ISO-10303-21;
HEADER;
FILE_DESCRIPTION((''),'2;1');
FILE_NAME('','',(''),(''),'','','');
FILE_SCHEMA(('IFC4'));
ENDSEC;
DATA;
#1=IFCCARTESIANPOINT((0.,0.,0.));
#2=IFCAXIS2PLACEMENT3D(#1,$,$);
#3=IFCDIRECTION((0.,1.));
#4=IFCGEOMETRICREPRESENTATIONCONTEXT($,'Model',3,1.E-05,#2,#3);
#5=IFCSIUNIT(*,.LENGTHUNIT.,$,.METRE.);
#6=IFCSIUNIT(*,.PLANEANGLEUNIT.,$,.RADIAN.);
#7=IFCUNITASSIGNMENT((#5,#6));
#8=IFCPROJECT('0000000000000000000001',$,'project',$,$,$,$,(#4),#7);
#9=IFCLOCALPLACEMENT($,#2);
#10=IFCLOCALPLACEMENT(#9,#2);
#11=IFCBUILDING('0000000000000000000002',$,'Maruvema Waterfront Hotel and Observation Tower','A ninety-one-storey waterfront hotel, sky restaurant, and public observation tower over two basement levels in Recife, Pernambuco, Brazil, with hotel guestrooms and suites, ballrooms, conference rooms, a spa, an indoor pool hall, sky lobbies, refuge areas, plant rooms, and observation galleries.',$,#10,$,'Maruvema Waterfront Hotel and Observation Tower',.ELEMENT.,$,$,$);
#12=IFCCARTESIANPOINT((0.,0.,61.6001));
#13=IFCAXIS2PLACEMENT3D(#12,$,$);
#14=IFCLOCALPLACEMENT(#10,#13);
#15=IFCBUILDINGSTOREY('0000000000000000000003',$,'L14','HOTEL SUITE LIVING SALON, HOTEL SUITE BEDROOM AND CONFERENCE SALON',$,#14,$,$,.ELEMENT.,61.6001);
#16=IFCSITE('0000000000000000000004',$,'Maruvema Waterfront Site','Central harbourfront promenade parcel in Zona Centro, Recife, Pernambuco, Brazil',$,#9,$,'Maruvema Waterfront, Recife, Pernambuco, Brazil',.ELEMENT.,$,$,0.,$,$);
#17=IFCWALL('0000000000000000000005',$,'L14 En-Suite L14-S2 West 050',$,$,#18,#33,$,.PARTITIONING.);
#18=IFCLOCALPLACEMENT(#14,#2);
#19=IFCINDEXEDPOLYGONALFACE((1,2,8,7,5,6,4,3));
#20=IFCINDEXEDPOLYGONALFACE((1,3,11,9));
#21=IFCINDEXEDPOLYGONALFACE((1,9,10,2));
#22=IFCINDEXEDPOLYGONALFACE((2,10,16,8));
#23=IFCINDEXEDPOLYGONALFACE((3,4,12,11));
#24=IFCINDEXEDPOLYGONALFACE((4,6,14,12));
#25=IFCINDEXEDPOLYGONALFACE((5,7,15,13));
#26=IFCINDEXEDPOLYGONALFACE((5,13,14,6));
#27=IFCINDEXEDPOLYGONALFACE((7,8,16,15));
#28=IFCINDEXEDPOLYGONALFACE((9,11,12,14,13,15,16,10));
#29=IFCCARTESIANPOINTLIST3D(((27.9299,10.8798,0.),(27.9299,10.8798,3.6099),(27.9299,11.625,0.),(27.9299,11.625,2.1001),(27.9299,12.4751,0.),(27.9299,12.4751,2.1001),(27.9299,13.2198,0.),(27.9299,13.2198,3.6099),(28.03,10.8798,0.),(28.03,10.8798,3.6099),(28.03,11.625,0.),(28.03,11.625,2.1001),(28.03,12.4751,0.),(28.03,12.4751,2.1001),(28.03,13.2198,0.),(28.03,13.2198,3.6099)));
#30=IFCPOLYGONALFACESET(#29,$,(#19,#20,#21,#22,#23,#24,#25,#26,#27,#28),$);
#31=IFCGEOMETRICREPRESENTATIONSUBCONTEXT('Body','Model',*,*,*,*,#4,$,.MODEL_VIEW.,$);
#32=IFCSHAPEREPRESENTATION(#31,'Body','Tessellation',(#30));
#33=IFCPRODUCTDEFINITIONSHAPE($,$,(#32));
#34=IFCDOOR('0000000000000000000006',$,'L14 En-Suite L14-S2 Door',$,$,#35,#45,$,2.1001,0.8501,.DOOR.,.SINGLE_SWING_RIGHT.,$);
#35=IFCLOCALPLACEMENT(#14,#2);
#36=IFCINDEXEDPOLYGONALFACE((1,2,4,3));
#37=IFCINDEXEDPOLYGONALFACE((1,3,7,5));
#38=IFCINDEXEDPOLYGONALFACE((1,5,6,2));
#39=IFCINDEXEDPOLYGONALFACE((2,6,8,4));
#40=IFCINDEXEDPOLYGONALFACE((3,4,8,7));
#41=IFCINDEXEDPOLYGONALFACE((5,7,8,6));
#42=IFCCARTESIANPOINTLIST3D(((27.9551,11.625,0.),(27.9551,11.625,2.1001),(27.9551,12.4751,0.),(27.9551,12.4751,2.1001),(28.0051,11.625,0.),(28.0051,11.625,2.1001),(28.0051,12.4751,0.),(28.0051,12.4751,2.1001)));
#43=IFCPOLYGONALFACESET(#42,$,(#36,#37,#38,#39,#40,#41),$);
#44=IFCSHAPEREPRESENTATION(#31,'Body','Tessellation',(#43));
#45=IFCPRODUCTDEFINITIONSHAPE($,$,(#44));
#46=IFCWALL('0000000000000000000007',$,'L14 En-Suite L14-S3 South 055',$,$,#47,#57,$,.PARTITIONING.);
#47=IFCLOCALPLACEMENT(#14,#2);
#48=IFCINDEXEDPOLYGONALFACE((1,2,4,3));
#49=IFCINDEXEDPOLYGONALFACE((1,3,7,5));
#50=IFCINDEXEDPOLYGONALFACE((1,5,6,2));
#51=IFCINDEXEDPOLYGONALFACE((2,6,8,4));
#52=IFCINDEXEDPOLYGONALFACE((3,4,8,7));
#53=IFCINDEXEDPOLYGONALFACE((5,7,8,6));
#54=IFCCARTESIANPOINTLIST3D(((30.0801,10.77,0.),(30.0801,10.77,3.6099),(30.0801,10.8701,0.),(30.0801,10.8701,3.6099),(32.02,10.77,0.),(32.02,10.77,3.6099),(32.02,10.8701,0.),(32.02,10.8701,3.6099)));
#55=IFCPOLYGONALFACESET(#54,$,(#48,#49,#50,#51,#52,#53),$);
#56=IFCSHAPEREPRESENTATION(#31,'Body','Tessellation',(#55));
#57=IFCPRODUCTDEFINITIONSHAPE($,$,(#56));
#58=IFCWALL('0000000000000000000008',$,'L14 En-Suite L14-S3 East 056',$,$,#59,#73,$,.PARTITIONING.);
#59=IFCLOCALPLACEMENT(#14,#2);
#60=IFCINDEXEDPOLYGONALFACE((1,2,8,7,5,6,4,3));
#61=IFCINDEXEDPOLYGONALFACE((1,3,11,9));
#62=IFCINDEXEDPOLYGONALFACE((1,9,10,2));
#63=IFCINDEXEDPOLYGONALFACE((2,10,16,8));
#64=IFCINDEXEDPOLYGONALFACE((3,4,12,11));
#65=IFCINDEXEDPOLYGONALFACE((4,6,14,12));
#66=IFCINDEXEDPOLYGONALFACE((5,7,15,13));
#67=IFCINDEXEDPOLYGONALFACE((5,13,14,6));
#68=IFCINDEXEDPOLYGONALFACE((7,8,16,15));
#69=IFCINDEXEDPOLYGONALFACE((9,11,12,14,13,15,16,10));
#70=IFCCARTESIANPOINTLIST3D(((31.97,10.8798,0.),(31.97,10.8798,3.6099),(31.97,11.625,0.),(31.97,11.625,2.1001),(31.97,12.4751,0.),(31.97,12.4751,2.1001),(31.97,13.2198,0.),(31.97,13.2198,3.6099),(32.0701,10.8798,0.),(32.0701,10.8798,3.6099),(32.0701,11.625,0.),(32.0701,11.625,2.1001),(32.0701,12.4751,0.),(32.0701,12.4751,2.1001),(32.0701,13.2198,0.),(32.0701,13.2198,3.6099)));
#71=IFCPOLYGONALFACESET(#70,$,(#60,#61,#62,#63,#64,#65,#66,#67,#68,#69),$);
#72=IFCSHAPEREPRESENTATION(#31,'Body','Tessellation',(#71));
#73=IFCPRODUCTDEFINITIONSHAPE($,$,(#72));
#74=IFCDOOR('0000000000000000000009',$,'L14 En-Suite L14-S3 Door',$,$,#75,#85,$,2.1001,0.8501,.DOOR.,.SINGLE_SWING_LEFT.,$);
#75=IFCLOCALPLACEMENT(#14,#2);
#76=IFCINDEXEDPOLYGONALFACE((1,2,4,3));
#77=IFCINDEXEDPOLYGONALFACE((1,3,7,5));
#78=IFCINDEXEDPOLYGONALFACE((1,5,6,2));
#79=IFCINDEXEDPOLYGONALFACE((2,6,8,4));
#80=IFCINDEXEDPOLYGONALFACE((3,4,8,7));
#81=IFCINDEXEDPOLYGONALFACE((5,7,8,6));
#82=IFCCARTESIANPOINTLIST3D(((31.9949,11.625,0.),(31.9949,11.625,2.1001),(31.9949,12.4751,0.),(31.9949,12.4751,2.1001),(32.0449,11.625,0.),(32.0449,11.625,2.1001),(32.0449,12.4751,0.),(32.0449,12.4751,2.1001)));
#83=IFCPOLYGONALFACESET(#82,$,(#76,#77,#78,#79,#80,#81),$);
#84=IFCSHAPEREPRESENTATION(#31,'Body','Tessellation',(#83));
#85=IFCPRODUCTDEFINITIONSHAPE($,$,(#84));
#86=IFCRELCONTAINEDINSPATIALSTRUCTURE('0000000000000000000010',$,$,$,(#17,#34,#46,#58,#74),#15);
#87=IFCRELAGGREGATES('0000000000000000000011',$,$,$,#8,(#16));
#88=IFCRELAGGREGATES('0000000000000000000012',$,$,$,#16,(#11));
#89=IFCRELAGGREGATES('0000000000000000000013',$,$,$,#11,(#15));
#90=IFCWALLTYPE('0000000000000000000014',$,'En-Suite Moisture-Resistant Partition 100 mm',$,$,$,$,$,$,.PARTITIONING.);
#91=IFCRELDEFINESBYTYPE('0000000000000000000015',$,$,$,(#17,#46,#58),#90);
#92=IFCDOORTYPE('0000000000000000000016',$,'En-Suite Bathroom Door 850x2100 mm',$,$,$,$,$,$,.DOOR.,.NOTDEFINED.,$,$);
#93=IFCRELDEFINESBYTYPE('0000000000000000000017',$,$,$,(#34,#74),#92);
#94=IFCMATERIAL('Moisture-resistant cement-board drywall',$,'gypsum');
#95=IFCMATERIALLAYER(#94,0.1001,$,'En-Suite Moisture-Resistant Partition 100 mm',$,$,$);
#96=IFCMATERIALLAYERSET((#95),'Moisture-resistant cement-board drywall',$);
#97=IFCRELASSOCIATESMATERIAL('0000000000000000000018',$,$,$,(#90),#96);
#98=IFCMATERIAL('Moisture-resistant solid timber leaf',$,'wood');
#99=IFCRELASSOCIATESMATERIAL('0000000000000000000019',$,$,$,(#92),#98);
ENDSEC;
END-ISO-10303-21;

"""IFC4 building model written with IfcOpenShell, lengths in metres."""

from ifc_helpers import new_model, si_unit, direction, frame, frame_2d, origin, place, context, subcontext, project, spatial, rectangle, extrude, material, layer, layer_set, type_object, element, fill, save


model = new_model("IFC4")

# Units and contexts
model_context = context("Model", 3, precision=1e-05, world=origin(), true_north=direction((0.0, 1.0)))
body_context = subcontext(model_context, "Body", "Model", "MODEL_VIEW")
ifc_project = project(units=[si_unit("LENGTHUNIT", "METRE"), si_unit("PLANEANGLEUNIT", "RADIAN")], contexts=[model_context])

# Site, building, storey
site_placement = place(None, origin())
site = spatial("IfcSite", under=ifc_project, at=site_placement, Name="Maruvema Waterfront Site", Description="Central harbourfront promenade parcel in Zona Centro, Recife, Pernambuco, Brazil", LongName="Maruvema Waterfront, Recife, Pernambuco, Brazil", CompositionType="ELEMENT", RefElevation=0.0)
building_placement = place(site_placement, origin())
building = spatial("IfcBuilding", under=site, at=building_placement, Name="Maruvema Waterfront Hotel and Observation Tower", Description="A ninety-one-storey waterfront hotel, sky restaurant, and public observation tower over two basement levels in Recife, Pernambuco, Brazil, with hotel guestrooms and suites, ballrooms, conference rooms, a spa, an indoor pool hall, sky lobbies, refuge areas, plant rooms, and observation galleries.", LongName="Maruvema Waterfront Hotel and Observation Tower", CompositionType="ELEMENT")
storey_placement = place(building_placement, frame((0.0, 0.0, 61.6001)))
storey = spatial("IfcBuildingStorey", under=building, at=storey_placement, Name="L14", Description="HOTEL SUITE LIVING SALON, HOTEL SUITE BEDROOM AND CONFERENCE SALON", CompositionType="ELEMENT", Elevation=61.6001)

# Shared definitions
ifc_material_1 = material(Name="Moisture-resistant cement-board drywall", Category="gypsum")
ifc_layer_1 = layer(ifc_material_1, 0.1001, Name="En-Suite Moisture-Resistant Partition 100 mm")
ifc_layer_set_1 = layer_set([ifc_layer_1], Name="Moisture-resistant cement-board drywall")
wall_type_1 = type_object("IfcWallType", Name="En-Suite Moisture-Resistant Partition 100 mm", PredefinedType="PARTITIONING", material=ifc_layer_set_1)

# Shared definitions
ifc_material_2 = material(Name="Moisture-resistant solid timber leaf", Category="wood")
door_type_1 = type_object("IfcDoorType", Name="En-Suite Bathroom Door 850x2100 mm", OperationType="NOTDEFINED", PredefinedType="DOOR", material=ifc_material_2)

# Wall, opening, door
wall_1_placement = place(storey_placement, frame((27.98, 10.8799, 0.0), z_axis=(0.0, 0.0, 1.0), x_axis=(0.0, 1.0, 0.0)))
wall_1 = element("IfcWall", 1, at=wall_1_placement, inside=storey, type_object=wall_type_1, Name="L14 En-Suite L14-S2 West 050", PredefinedType="PARTITIONING", context=body_context, shape_type="SweptSolid", body=[
    extrude(rectangle(XDim=2.3401, YDim=0.1001, at=frame_2d((1.1699, 0.0))), origin(), (0.0, 0.0, 1.0), 3.6099),
])
opening_1_placement = place(wall_1_placement, frame((0.7451, 0.0, 0.0)))
opening_1 = element("IfcOpeningElement", 2, at=opening_1_placement, cuts=wall_1, PredefinedType="OPENING", context=body_context, shape_type="SweptSolid", body=[
    extrude(rectangle(XDim=0.8501, YDim=2.1001, at=frame_2d((0.425, 1.05))), frame((0.0, 0.0601, 0.0), z_axis=(0.0, -1.0, 0.0), x_axis=(1.0, 0.0, 0.0)), (0.0, 0.0, 1.0), 0.1201),
])
door_1_placement = place(opening_1_placement, origin())
door_1 = element("IfcDoor", 3, at=door_1_placement, inside=storey, type_object=door_type_1, Name="L14 En-Suite L14-S2 Door", OperationType="SINGLE_SWING_RIGHT", OverallHeight=2.1001, OverallWidth=0.8501, PredefinedType="DOOR", context=body_context, shape_type="SweptSolid", body=[
    extrude(rectangle(XDim=0.8501, YDim=2.1001, at=frame_2d((0.425, 1.05))), frame((0.0, 0.0249, 0.0), z_axis=(0.0, -1.0, 0.0), x_axis=(1.0, 0.0, 0.0)), (0.0, 0.0, 1.0), 0.05),
])
fill(opening_1, door_1)

# Wall
wall_2_placement = place(storey_placement, frame((30.0801, 10.8201, 0.0), z_axis=(0.0, 0.0, 1.0), x_axis=(1.0, 0.0, 0.0)))
element("IfcWall", 4, at=wall_2_placement, inside=storey, type_object=wall_type_1, Name="L14 En-Suite L14-S3 South 055", PredefinedType="PARTITIONING", context=body_context, shape_type="SweptSolid", body=[
    extrude(rectangle(XDim=1.9399, YDim=0.1001, at=frame_2d((0.97, 0.0))), origin(), (0.0, 0.0, 1.0), 3.6099),
])

# Wall, opening, door
wall_3_placement = place(storey_placement, frame((32.02, 10.8799, 0.0), z_axis=(0.0, 0.0, 1.0), x_axis=(0.0, 1.0, 0.0)))
wall_3 = element("IfcWall", 5, at=wall_3_placement, inside=storey, type_object=wall_type_1, Name="L14 En-Suite L14-S3 East 056", PredefinedType="PARTITIONING", context=body_context, shape_type="SweptSolid", body=[
    extrude(rectangle(XDim=2.3401, YDim=0.1001, at=frame_2d((1.1699, 0.0))), origin(), (0.0, 0.0, 1.0), 3.6099),
])
opening_2_placement = place(wall_3_placement, frame((0.7451, 0.0, 0.0)))
opening_2 = element("IfcOpeningElement", 6, at=opening_2_placement, cuts=wall_3, PredefinedType="OPENING", context=body_context, shape_type="SweptSolid", body=[
    extrude(rectangle(XDim=0.8501, YDim=2.1001, at=frame_2d((0.425, 1.05))), frame((0.0, 0.0601, 0.0), z_axis=(0.0, -1.0, 0.0), x_axis=(1.0, 0.0, 0.0)), (0.0, 0.0, 1.0), 0.1201),
])
door_2_placement = place(opening_2_placement, frame((0.8501, 0.0, 0.0), z_axis=(0.0, 0.0, 1.0), x_axis=(-1.0, 0.0, 0.0)))
door_2 = element("IfcDoor", 7, at=door_2_placement, inside=storey, type_object=door_type_1, Name="L14 En-Suite L14-S3 Door", OperationType="SINGLE_SWING_LEFT", OverallHeight=2.1001, OverallWidth=0.8501, PredefinedType="DOOR", context=body_context, shape_type="SweptSolid", body=[
    extrude(rectangle(XDim=0.8501, YDim=2.1001, at=frame_2d((0.425, 1.05))), frame((0.0, 0.0249, 0.0), z_axis=(0.0, -1.0, 0.0), x_axis=(1.0, 0.0, 0.0)), (0.0, 0.0, 1.0), 0.05),
])
fill(opening_2, door_2)

save(model, "model.ifc")
